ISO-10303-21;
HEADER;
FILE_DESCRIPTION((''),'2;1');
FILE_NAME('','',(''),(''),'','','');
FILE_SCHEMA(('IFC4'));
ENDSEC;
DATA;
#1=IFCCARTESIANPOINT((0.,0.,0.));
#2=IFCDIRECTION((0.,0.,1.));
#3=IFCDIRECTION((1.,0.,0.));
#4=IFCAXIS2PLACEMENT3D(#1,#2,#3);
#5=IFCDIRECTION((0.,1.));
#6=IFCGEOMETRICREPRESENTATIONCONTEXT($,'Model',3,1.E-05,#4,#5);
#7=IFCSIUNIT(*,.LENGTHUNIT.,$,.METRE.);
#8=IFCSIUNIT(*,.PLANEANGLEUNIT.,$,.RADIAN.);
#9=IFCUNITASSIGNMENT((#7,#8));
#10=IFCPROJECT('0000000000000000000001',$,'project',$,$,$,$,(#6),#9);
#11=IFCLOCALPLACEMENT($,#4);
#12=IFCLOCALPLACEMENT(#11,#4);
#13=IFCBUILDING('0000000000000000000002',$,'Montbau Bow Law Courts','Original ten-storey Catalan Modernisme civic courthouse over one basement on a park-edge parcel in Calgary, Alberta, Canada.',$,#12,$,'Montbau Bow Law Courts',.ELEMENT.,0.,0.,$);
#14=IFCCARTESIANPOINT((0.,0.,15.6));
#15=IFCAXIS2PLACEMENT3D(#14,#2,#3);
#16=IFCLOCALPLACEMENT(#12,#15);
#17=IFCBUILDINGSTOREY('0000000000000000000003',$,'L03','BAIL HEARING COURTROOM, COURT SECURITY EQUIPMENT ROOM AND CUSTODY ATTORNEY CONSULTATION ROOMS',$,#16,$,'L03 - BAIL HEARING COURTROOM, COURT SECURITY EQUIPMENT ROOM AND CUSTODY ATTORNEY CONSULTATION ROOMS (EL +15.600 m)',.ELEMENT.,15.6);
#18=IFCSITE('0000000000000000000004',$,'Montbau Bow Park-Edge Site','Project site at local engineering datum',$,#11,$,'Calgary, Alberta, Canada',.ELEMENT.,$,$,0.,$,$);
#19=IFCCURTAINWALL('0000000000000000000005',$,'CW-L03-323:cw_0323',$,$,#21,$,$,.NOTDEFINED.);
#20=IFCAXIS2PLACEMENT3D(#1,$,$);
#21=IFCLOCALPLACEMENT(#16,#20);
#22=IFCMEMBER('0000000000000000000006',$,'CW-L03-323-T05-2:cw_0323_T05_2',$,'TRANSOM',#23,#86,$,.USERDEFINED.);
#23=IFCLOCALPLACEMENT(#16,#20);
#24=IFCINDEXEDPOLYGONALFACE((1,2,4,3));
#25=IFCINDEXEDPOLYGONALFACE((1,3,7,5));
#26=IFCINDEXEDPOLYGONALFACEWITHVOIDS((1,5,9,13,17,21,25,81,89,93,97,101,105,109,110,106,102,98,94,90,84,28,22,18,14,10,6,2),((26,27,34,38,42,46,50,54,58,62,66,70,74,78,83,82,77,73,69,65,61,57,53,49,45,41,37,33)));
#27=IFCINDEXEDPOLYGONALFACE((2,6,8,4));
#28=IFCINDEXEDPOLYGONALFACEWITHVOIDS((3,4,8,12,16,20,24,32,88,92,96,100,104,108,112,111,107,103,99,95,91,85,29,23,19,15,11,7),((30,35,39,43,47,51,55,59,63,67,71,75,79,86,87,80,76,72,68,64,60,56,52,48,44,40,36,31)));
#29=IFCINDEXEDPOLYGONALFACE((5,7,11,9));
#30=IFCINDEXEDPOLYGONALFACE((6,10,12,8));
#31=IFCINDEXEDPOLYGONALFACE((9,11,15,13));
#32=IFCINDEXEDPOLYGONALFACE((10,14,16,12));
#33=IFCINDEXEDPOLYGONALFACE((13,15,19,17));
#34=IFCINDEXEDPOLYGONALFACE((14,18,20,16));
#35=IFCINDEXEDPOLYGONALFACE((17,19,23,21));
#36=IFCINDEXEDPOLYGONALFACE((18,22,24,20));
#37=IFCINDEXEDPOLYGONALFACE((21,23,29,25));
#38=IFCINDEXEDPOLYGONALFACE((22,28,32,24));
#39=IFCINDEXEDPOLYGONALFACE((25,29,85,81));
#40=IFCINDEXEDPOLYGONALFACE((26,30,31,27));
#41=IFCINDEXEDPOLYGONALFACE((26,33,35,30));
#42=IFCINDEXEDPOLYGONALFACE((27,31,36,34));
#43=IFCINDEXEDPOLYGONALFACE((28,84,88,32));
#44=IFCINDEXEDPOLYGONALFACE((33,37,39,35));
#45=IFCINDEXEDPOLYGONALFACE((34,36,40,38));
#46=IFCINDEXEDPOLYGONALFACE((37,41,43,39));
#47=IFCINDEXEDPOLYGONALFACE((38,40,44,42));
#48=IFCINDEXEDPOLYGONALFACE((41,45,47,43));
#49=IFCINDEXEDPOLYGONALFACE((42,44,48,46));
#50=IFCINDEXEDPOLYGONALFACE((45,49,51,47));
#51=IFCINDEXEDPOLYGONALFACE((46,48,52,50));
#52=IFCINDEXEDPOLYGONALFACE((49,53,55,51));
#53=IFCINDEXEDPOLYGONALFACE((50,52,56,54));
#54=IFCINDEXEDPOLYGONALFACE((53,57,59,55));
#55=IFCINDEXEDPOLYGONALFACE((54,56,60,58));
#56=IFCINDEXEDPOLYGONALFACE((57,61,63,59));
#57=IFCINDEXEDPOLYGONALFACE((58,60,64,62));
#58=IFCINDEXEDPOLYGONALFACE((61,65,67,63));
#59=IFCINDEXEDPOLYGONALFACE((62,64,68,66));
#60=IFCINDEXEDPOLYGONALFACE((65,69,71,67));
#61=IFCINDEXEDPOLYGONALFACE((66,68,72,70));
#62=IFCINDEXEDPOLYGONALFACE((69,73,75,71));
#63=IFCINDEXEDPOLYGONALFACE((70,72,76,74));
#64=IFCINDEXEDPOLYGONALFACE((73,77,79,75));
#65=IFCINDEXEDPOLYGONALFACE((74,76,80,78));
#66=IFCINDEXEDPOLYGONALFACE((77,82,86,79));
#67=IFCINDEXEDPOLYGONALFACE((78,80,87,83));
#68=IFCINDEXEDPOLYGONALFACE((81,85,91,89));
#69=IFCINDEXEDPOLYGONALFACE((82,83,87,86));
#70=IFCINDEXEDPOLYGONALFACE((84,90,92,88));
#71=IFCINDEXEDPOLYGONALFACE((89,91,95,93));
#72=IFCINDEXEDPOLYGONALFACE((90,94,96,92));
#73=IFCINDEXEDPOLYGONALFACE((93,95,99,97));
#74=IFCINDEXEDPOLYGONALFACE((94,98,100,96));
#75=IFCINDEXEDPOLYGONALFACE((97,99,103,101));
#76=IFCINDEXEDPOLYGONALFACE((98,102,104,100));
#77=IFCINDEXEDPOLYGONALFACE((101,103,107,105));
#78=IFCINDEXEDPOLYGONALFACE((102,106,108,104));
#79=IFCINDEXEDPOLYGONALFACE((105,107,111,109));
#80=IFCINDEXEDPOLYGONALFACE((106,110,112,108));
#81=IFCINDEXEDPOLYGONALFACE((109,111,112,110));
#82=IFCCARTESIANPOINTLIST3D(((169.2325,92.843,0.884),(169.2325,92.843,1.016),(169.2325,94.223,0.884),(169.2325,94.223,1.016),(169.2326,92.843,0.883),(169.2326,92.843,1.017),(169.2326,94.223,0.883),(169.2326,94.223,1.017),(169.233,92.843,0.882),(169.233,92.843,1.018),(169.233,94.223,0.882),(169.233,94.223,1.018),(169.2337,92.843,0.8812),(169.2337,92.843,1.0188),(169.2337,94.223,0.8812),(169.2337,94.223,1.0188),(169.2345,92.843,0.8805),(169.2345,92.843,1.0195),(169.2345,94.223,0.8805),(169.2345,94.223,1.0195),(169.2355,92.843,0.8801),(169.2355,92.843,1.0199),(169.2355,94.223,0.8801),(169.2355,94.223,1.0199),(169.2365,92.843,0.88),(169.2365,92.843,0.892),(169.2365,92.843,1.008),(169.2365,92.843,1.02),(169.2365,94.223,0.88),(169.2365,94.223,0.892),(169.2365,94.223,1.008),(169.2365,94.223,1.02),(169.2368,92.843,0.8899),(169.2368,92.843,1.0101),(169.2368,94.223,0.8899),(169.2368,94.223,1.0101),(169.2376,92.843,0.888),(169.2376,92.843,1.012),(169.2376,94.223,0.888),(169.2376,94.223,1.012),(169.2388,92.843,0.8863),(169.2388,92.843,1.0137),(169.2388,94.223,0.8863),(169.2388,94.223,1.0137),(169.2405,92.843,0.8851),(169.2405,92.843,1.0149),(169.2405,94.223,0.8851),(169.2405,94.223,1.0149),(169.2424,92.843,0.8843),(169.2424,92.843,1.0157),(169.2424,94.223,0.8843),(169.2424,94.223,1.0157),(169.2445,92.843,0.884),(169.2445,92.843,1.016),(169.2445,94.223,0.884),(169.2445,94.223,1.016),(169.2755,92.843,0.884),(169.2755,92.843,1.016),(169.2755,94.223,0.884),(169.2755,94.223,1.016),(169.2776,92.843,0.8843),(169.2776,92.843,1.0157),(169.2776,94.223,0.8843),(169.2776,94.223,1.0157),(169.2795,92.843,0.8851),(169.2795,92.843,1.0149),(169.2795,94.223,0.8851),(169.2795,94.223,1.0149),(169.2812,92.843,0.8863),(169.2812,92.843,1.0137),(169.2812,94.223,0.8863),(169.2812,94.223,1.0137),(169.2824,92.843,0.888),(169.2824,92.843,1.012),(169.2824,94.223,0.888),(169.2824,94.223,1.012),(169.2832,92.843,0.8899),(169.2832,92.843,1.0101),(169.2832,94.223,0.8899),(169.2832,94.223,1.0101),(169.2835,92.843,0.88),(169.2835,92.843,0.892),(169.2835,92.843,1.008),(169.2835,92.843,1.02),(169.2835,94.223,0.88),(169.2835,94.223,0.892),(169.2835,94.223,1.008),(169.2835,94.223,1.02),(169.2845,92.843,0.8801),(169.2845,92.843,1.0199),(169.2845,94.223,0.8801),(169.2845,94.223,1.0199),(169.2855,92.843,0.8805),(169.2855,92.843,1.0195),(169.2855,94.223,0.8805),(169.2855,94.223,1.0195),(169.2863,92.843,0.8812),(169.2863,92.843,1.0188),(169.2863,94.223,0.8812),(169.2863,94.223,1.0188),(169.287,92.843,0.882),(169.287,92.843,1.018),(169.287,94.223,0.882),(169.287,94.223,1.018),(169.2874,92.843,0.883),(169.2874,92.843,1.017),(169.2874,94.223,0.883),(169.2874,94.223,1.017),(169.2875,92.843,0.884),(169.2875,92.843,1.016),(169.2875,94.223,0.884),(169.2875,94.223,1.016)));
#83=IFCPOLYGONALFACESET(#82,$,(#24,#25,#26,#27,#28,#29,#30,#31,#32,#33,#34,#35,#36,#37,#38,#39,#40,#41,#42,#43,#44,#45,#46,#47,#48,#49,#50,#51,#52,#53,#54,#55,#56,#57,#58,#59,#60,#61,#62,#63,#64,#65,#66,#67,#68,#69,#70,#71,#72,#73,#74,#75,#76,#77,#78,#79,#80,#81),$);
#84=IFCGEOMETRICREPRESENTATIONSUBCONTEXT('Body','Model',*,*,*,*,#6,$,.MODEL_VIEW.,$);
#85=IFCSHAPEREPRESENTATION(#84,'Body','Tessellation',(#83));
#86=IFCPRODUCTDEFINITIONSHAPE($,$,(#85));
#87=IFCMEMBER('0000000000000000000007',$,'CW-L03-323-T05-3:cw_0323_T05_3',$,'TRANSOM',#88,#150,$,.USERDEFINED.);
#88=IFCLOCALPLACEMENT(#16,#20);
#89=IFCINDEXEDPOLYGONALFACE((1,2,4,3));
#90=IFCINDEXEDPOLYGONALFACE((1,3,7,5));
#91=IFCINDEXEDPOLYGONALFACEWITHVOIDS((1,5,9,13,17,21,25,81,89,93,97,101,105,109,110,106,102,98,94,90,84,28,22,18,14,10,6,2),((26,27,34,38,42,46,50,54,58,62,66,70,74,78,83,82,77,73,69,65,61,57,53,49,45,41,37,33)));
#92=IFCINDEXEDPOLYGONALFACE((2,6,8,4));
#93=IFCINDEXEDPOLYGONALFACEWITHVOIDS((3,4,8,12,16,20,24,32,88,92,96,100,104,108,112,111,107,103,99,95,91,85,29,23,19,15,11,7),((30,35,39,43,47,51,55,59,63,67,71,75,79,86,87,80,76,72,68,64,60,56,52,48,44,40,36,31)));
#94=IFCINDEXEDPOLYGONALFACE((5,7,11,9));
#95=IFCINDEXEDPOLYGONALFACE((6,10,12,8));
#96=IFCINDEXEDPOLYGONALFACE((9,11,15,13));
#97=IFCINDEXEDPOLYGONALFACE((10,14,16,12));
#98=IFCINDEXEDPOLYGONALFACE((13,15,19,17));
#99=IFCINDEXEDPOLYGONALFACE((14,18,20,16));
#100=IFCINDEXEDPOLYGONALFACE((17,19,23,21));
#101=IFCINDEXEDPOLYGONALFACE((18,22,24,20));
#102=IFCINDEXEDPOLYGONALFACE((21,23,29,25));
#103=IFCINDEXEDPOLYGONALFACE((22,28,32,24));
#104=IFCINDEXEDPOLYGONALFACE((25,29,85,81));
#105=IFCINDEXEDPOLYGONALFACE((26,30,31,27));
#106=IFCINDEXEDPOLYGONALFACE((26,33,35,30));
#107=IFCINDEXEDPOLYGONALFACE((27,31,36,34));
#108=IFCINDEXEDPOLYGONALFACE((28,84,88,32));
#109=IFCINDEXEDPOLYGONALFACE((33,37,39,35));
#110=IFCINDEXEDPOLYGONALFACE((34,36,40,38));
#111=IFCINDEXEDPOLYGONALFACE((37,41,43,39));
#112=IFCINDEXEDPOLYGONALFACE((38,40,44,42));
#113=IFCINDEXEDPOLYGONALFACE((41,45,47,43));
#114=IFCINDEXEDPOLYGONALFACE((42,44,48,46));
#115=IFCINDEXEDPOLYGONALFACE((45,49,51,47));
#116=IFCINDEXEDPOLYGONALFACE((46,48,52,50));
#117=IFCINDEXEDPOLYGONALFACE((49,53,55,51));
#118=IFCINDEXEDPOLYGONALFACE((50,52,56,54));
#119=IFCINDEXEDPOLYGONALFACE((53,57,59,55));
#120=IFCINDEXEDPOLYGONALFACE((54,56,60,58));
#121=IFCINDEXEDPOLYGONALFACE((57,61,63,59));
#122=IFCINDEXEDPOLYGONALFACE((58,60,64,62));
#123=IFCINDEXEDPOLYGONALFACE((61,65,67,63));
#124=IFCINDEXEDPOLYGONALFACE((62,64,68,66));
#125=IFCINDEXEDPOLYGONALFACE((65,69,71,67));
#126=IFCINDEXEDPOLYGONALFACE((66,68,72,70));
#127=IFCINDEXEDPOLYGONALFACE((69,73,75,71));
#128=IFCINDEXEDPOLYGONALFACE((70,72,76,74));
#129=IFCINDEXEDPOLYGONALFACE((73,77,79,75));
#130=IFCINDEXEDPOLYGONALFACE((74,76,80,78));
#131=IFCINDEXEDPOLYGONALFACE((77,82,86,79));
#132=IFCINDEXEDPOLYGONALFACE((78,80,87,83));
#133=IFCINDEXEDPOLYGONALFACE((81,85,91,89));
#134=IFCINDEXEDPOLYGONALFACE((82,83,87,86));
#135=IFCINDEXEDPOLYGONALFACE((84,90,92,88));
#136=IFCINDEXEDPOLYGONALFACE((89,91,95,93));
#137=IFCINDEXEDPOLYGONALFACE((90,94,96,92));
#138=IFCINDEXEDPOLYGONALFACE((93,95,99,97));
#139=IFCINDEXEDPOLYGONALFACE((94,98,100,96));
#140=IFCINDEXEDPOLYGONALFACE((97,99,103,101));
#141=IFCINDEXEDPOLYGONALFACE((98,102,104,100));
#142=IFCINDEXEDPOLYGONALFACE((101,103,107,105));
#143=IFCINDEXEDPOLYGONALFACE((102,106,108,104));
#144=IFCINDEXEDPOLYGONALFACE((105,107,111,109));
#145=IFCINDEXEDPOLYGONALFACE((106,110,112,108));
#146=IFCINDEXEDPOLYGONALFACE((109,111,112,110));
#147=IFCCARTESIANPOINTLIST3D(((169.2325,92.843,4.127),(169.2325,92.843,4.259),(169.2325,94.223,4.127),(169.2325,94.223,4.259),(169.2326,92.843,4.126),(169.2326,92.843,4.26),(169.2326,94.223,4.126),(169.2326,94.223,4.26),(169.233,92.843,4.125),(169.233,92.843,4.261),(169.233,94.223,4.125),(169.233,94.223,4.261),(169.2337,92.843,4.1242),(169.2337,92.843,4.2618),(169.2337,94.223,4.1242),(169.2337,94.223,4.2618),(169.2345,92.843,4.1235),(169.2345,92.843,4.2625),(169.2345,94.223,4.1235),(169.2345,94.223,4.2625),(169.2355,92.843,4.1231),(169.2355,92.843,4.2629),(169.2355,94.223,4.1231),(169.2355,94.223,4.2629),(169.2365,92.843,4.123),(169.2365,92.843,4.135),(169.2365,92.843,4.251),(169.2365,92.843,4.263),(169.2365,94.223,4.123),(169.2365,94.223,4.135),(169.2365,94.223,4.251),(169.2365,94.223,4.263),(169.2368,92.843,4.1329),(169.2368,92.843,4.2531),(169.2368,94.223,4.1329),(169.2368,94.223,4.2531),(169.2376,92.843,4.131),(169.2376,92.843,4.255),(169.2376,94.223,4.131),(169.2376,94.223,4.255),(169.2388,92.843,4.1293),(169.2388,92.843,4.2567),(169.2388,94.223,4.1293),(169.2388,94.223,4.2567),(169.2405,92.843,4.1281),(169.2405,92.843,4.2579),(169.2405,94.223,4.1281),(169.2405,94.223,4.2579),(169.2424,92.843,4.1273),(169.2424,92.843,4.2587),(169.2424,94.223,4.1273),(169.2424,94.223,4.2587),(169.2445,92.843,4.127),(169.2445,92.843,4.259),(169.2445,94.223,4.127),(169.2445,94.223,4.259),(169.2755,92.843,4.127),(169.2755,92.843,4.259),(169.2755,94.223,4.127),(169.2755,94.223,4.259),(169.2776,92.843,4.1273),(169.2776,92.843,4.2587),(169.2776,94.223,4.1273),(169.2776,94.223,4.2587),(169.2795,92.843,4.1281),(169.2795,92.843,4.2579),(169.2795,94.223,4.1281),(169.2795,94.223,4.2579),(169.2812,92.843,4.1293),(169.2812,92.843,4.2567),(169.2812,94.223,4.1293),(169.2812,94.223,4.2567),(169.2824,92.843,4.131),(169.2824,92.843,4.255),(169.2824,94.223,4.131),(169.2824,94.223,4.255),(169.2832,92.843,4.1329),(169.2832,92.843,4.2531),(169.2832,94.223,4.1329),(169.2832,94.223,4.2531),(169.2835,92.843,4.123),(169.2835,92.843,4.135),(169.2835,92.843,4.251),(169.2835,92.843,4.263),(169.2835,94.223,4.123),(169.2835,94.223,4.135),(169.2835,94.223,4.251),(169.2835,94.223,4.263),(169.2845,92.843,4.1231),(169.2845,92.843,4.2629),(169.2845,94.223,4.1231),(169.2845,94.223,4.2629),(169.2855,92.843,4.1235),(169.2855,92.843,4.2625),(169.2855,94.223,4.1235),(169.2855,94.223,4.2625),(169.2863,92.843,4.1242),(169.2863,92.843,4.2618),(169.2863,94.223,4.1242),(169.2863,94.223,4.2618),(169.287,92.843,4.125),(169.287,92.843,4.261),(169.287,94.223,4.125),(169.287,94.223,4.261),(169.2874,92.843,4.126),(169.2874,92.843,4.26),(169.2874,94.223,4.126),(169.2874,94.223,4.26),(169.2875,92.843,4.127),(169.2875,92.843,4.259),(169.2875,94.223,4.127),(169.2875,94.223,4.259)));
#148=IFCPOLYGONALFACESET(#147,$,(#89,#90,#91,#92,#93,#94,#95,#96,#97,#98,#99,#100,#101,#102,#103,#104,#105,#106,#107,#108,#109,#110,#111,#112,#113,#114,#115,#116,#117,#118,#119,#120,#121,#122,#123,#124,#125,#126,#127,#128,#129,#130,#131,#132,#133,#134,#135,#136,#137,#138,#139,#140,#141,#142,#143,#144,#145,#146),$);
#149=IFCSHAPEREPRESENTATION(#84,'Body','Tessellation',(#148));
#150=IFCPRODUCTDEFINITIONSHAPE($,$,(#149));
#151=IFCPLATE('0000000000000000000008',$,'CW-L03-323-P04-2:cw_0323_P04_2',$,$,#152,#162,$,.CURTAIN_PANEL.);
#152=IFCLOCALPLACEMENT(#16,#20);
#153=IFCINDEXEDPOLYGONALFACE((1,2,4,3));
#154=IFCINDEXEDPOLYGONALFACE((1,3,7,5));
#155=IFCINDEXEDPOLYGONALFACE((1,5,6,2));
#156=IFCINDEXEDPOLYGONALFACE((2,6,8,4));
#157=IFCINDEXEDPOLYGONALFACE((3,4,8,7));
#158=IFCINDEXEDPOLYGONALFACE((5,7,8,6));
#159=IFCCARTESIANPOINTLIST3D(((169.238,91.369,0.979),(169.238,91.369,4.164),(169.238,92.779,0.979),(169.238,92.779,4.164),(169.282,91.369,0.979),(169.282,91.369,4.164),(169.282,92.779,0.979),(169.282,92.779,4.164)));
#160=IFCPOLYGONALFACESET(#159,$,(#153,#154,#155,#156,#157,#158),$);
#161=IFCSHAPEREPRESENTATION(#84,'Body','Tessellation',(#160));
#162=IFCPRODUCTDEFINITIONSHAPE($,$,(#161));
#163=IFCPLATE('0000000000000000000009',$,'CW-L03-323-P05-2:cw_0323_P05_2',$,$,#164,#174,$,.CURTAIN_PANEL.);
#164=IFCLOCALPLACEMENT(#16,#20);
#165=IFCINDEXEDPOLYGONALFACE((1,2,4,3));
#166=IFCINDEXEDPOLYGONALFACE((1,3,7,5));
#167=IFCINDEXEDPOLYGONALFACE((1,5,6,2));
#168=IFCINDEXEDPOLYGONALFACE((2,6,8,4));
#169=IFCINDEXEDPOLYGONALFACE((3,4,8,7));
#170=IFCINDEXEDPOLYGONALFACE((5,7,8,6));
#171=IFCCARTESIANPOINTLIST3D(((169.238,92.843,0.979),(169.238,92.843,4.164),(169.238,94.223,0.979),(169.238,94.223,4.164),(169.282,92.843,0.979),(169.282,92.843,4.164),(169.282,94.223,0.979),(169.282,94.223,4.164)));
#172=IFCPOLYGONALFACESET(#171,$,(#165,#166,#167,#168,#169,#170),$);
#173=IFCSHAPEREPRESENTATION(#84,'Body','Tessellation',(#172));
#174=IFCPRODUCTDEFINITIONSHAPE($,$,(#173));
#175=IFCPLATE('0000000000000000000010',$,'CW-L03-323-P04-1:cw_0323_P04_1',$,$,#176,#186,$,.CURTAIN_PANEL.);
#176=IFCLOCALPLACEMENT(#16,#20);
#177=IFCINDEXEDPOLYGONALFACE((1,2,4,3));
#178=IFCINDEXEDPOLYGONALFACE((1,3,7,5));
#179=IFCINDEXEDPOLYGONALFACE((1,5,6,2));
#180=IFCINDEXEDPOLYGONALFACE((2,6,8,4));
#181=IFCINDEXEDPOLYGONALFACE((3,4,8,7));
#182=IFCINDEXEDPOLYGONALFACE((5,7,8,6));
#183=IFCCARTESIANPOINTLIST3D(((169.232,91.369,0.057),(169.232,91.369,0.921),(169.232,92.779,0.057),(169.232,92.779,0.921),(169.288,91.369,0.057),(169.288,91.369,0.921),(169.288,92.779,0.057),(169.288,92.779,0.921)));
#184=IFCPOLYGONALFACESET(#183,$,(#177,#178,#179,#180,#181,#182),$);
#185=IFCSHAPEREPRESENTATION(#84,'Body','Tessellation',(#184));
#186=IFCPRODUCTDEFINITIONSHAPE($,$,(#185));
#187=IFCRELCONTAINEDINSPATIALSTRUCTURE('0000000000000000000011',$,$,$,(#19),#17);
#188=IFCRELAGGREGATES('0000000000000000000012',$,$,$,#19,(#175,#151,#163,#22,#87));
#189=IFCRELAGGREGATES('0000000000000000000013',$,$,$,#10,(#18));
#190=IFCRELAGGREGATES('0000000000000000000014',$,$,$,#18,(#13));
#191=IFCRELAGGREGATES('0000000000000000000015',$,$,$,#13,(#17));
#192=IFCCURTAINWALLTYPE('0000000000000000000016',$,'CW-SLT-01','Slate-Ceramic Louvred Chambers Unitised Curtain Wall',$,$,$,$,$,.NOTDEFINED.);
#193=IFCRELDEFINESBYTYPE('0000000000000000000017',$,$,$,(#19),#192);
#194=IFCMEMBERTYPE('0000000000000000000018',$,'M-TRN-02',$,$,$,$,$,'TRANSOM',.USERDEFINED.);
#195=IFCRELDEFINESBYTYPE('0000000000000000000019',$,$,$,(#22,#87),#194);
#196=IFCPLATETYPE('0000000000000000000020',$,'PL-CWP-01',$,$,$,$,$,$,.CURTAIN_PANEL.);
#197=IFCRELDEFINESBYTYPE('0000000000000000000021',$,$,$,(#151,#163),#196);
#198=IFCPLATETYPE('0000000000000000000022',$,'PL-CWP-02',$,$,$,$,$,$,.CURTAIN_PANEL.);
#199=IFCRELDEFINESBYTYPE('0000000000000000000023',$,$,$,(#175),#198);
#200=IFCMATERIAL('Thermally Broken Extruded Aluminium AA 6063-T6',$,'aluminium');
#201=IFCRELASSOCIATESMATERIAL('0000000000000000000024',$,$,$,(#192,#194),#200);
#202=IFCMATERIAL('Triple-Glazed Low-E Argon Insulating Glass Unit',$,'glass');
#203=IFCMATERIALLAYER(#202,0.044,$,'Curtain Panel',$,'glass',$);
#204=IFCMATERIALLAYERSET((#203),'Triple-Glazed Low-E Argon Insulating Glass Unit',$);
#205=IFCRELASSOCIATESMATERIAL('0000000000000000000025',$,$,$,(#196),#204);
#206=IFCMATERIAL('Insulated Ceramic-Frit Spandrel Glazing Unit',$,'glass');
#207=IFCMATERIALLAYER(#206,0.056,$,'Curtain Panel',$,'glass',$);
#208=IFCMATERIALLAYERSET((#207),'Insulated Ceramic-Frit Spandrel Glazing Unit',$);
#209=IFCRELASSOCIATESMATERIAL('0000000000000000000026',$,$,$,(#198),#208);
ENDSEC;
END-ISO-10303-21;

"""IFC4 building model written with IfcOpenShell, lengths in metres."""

from ifc_helpers import new_model, si_unit, direction, frame, frame_2d, origin_with_axes, origin_2d_with_axis, place, context, subcontext, project, spatial, rectangle, hollow_rectangle, extrude, material, layer, layer_set, material_profile, profile_set, type_object, element, aggregate, save


model = new_model("IFC4")

# Units and contexts
model_context = context("Model", 3, precision=1e-05, world=origin_with_axes(), true_north=direction((0.0, 1.0)))
body_context = subcontext(model_context, "Body", "Model", "MODEL_VIEW")
ifc_project = project(units=[si_unit("LENGTHUNIT", "METRE"), si_unit("PLANEANGLEUNIT", "RADIAN")], contexts=[model_context])

# Site, building, storey
site_placement = place(None, origin_with_axes())
site = spatial("IfcSite", under=ifc_project, at=site_placement, Name="Montbau Bow Park-Edge Site", Description="Project site at local engineering datum", LongName="Calgary, Alberta, Canada", CompositionType="ELEMENT", RefElevation=0.0)
building_placement = place(site_placement, origin_with_axes())
building = spatial("IfcBuilding", under=site, at=building_placement, Name="Montbau Bow Law Courts", Description="Original ten-storey Catalan Modernisme civic courthouse over one basement on a park-edge parcel in Calgary, Alberta, Canada.", LongName="Montbau Bow Law Courts", CompositionType="ELEMENT", ElevationOfRefHeight=0.0, ElevationOfTerrain=0.0)
storey_placement = place(building_placement, frame((0.0, 0.0, 15.6), z_axis=(0.0, 0.0, 1.0), x_axis=(1.0, 0.0, 0.0)))
storey = spatial("IfcBuildingStorey", under=building, at=storey_placement, Name="L03", Description="BAIL HEARING COURTROOM, COURT SECURITY EQUIPMENT ROOM AND CUSTODY ATTORNEY CONSULTATION ROOMS", LongName="L03 - BAIL HEARING COURTROOM, COURT SECURITY EQUIPMENT ROOM AND CUSTODY ATTORNEY CONSULTATION ROOMS (EL +15.600 m)", CompositionType="ELEMENT", Elevation=15.6)

# Curtain wall, members, plates
ifc_material_1 = material(Name="Thermally Broken Extruded Aluminium AA 6063-T6", Category="aluminium")
curtain_wall_type = type_object("IfcCurtainWallType", Name="CW-SLT-01", Description="Slate-Ceramic Louvred Chambers Unitised Curtain Wall", PredefinedType="NOTDEFINED", material=ifc_material_1)
curtain_wall_placement = place(None, frame((169.26, 86.915, 15.6), z_axis=(0.0, 0.0, 1.0), x_axis=(1.0, 0.0, 0.0)))
curtain_wall = element("IfcCurtainWall", 1, at=curtain_wall_placement, inside=storey, type_object=curtain_wall_type, Name="CW-L03-323:cw_0323", PredefinedType="NOTDEFINED")
ifc_material_profile_1 = material_profile(ifc_material_1, hollow_rectangle(XDim=0.055, YDim=0.14, WallThickness=0.004, InnerFilletRadius=0.008, OuterFilletRadius=0.004, at=origin_2d_with_axis()), Name="CWT-140X55", Category="Main", Priority=0)
ifc_profile_set_1 = profile_set([ifc_material_profile_1], Name="Thermally Broken Extruded Aluminium AA 6063-T6")
member_type_1 = type_object("IfcMemberType", Name="M-TRN-02", ElementType="TRANSOM", PredefinedType="USERDEFINED", material=ifc_profile_set_1)
member_1_placement = place(None, frame((169.26, 92.843, 16.55), z_axis=(0.0, 1.0, 0.0), x_axis=(-1.0, 0.0, 0.0)))
member_1 = element("IfcMember", 2, at=member_1_placement, type_object=member_type_1, Name="CW-L03-323-T05-2:cw_0323_T05_2", ObjectType="TRANSOM", PredefinedType="USERDEFINED", context=body_context, shape_type="SweptSolid", body=[
    extrude(hollow_rectangle(XDim=0.055, YDim=0.14, WallThickness=0.004, InnerFilletRadius=0.008, OuterFilletRadius=0.004, at=origin_2d_with_axis()), origin_with_axes(), (0.0, 0.0, 1.0), 1.38),
])
member_2_placement = place(None, frame((169.26, 92.843, 19.793), z_axis=(0.0, 1.0, 0.0), x_axis=(-1.0, 0.0, 0.0)))
member_2 = element("IfcMember", 3, at=member_2_placement, type_object=member_type_1, Name="CW-L03-323-T05-3:cw_0323_T05_3", ObjectType="TRANSOM", PredefinedType="USERDEFINED", context=body_context, shape_type="SweptSolid", body=[
    extrude(hollow_rectangle(XDim=0.055, YDim=0.14, WallThickness=0.004, InnerFilletRadius=0.008, OuterFilletRadius=0.004, at=origin_2d_with_axis()), origin_with_axes(), (0.0, 0.0, 1.0), 1.38),
])
ifc_material_2 = material(Name="Triple-Glazed Low-E Argon Insulating Glass Unit", Category="glass")
ifc_layer_1 = layer(ifc_material_2, 0.044, Name="Curtain Panel", Category="glass")
ifc_layer_set_1 = layer_set([ifc_layer_1], Name="Triple-Glazed Low-E Argon Insulating Glass Unit")
plate_type_1 = type_object("IfcPlateType", Name="PL-CWP-01", PredefinedType="CURTAIN_PANEL", material=ifc_layer_set_1)
plate_1_placement = place(None, frame((169.26, 91.369, 16.579), z_axis=(1.0, 0.0, 0.0), x_axis=(0.0, 1.0, 0.0)))
plate_1 = element("IfcPlate", 4, at=plate_1_placement, type_object=plate_type_1, Name="CW-L03-323-P04-2:cw_0323_P04_2", PredefinedType="CURTAIN_PANEL", context=body_context, shape_type="SweptSolid", body=[
    extrude(rectangle(XDim=1.41, YDim=3.185, at=frame_2d((0.705, 1.5925), x_axis=(1.0, 0.0))), frame((0.0, 0.0, -0.022), z_axis=(0.0, 0.0, 1.0), x_axis=(1.0, 0.0, 0.0)), (0.0, 0.0, 1.0), 0.044),
])
plate_2_placement = place(None, frame((169.26, 92.843, 16.579), z_axis=(1.0, 0.0, 0.0), x_axis=(0.0, 1.0, 0.0)))
plate_2 = element("IfcPlate", 5, at=plate_2_placement, type_object=plate_type_1, Name="CW-L03-323-P05-2:cw_0323_P05_2", PredefinedType="CURTAIN_PANEL", context=body_context, shape_type="SweptSolid", body=[
    extrude(rectangle(XDim=1.38, YDim=3.185, at=frame_2d((0.69, 1.5925), x_axis=(1.0, 0.0))), frame((0.0, 0.0, -0.022), z_axis=(0.0, 0.0, 1.0), x_axis=(1.0, 0.0, 0.0)), (0.0, 0.0, 1.0), 0.044),
])
ifc_material_3 = material(Name="Insulated Ceramic-Frit Spandrel Glazing Unit", Category="glass")
ifc_layer_2 = layer(ifc_material_3, 0.056, Name="Curtain Panel", Category="glass")
ifc_layer_set_2 = layer_set([ifc_layer_2], Name="Insulated Ceramic-Frit Spandrel Glazing Unit")
plate_type_2 = type_object("IfcPlateType", Name="PL-CWP-02", PredefinedType="CURTAIN_PANEL", material=ifc_layer_set_2)
plate_3_placement = place(None, frame((169.26, 91.369, 15.657), z_axis=(1.0, 0.0, 0.0), x_axis=(0.0, 1.0, 0.0)))
plate_3 = element("IfcPlate", 6, at=plate_3_placement, type_object=plate_type_2, Name="CW-L03-323-P04-1:cw_0323_P04_1", PredefinedType="CURTAIN_PANEL", context=body_context, shape_type="SweptSolid", body=[
    extrude(rectangle(XDim=1.41, YDim=0.864, at=frame_2d((0.705, 0.432), x_axis=(1.0, 0.0))), frame((0.0, 0.0, -0.028), z_axis=(0.0, 0.0, 1.0), x_axis=(1.0, 0.0, 0.0)), (0.0, 0.0, 1.0), 0.056),
])
aggregate(curtain_wall, [plate_3, plate_1, plate_2, member_1, member_2])

save(model, "model.ifc")
